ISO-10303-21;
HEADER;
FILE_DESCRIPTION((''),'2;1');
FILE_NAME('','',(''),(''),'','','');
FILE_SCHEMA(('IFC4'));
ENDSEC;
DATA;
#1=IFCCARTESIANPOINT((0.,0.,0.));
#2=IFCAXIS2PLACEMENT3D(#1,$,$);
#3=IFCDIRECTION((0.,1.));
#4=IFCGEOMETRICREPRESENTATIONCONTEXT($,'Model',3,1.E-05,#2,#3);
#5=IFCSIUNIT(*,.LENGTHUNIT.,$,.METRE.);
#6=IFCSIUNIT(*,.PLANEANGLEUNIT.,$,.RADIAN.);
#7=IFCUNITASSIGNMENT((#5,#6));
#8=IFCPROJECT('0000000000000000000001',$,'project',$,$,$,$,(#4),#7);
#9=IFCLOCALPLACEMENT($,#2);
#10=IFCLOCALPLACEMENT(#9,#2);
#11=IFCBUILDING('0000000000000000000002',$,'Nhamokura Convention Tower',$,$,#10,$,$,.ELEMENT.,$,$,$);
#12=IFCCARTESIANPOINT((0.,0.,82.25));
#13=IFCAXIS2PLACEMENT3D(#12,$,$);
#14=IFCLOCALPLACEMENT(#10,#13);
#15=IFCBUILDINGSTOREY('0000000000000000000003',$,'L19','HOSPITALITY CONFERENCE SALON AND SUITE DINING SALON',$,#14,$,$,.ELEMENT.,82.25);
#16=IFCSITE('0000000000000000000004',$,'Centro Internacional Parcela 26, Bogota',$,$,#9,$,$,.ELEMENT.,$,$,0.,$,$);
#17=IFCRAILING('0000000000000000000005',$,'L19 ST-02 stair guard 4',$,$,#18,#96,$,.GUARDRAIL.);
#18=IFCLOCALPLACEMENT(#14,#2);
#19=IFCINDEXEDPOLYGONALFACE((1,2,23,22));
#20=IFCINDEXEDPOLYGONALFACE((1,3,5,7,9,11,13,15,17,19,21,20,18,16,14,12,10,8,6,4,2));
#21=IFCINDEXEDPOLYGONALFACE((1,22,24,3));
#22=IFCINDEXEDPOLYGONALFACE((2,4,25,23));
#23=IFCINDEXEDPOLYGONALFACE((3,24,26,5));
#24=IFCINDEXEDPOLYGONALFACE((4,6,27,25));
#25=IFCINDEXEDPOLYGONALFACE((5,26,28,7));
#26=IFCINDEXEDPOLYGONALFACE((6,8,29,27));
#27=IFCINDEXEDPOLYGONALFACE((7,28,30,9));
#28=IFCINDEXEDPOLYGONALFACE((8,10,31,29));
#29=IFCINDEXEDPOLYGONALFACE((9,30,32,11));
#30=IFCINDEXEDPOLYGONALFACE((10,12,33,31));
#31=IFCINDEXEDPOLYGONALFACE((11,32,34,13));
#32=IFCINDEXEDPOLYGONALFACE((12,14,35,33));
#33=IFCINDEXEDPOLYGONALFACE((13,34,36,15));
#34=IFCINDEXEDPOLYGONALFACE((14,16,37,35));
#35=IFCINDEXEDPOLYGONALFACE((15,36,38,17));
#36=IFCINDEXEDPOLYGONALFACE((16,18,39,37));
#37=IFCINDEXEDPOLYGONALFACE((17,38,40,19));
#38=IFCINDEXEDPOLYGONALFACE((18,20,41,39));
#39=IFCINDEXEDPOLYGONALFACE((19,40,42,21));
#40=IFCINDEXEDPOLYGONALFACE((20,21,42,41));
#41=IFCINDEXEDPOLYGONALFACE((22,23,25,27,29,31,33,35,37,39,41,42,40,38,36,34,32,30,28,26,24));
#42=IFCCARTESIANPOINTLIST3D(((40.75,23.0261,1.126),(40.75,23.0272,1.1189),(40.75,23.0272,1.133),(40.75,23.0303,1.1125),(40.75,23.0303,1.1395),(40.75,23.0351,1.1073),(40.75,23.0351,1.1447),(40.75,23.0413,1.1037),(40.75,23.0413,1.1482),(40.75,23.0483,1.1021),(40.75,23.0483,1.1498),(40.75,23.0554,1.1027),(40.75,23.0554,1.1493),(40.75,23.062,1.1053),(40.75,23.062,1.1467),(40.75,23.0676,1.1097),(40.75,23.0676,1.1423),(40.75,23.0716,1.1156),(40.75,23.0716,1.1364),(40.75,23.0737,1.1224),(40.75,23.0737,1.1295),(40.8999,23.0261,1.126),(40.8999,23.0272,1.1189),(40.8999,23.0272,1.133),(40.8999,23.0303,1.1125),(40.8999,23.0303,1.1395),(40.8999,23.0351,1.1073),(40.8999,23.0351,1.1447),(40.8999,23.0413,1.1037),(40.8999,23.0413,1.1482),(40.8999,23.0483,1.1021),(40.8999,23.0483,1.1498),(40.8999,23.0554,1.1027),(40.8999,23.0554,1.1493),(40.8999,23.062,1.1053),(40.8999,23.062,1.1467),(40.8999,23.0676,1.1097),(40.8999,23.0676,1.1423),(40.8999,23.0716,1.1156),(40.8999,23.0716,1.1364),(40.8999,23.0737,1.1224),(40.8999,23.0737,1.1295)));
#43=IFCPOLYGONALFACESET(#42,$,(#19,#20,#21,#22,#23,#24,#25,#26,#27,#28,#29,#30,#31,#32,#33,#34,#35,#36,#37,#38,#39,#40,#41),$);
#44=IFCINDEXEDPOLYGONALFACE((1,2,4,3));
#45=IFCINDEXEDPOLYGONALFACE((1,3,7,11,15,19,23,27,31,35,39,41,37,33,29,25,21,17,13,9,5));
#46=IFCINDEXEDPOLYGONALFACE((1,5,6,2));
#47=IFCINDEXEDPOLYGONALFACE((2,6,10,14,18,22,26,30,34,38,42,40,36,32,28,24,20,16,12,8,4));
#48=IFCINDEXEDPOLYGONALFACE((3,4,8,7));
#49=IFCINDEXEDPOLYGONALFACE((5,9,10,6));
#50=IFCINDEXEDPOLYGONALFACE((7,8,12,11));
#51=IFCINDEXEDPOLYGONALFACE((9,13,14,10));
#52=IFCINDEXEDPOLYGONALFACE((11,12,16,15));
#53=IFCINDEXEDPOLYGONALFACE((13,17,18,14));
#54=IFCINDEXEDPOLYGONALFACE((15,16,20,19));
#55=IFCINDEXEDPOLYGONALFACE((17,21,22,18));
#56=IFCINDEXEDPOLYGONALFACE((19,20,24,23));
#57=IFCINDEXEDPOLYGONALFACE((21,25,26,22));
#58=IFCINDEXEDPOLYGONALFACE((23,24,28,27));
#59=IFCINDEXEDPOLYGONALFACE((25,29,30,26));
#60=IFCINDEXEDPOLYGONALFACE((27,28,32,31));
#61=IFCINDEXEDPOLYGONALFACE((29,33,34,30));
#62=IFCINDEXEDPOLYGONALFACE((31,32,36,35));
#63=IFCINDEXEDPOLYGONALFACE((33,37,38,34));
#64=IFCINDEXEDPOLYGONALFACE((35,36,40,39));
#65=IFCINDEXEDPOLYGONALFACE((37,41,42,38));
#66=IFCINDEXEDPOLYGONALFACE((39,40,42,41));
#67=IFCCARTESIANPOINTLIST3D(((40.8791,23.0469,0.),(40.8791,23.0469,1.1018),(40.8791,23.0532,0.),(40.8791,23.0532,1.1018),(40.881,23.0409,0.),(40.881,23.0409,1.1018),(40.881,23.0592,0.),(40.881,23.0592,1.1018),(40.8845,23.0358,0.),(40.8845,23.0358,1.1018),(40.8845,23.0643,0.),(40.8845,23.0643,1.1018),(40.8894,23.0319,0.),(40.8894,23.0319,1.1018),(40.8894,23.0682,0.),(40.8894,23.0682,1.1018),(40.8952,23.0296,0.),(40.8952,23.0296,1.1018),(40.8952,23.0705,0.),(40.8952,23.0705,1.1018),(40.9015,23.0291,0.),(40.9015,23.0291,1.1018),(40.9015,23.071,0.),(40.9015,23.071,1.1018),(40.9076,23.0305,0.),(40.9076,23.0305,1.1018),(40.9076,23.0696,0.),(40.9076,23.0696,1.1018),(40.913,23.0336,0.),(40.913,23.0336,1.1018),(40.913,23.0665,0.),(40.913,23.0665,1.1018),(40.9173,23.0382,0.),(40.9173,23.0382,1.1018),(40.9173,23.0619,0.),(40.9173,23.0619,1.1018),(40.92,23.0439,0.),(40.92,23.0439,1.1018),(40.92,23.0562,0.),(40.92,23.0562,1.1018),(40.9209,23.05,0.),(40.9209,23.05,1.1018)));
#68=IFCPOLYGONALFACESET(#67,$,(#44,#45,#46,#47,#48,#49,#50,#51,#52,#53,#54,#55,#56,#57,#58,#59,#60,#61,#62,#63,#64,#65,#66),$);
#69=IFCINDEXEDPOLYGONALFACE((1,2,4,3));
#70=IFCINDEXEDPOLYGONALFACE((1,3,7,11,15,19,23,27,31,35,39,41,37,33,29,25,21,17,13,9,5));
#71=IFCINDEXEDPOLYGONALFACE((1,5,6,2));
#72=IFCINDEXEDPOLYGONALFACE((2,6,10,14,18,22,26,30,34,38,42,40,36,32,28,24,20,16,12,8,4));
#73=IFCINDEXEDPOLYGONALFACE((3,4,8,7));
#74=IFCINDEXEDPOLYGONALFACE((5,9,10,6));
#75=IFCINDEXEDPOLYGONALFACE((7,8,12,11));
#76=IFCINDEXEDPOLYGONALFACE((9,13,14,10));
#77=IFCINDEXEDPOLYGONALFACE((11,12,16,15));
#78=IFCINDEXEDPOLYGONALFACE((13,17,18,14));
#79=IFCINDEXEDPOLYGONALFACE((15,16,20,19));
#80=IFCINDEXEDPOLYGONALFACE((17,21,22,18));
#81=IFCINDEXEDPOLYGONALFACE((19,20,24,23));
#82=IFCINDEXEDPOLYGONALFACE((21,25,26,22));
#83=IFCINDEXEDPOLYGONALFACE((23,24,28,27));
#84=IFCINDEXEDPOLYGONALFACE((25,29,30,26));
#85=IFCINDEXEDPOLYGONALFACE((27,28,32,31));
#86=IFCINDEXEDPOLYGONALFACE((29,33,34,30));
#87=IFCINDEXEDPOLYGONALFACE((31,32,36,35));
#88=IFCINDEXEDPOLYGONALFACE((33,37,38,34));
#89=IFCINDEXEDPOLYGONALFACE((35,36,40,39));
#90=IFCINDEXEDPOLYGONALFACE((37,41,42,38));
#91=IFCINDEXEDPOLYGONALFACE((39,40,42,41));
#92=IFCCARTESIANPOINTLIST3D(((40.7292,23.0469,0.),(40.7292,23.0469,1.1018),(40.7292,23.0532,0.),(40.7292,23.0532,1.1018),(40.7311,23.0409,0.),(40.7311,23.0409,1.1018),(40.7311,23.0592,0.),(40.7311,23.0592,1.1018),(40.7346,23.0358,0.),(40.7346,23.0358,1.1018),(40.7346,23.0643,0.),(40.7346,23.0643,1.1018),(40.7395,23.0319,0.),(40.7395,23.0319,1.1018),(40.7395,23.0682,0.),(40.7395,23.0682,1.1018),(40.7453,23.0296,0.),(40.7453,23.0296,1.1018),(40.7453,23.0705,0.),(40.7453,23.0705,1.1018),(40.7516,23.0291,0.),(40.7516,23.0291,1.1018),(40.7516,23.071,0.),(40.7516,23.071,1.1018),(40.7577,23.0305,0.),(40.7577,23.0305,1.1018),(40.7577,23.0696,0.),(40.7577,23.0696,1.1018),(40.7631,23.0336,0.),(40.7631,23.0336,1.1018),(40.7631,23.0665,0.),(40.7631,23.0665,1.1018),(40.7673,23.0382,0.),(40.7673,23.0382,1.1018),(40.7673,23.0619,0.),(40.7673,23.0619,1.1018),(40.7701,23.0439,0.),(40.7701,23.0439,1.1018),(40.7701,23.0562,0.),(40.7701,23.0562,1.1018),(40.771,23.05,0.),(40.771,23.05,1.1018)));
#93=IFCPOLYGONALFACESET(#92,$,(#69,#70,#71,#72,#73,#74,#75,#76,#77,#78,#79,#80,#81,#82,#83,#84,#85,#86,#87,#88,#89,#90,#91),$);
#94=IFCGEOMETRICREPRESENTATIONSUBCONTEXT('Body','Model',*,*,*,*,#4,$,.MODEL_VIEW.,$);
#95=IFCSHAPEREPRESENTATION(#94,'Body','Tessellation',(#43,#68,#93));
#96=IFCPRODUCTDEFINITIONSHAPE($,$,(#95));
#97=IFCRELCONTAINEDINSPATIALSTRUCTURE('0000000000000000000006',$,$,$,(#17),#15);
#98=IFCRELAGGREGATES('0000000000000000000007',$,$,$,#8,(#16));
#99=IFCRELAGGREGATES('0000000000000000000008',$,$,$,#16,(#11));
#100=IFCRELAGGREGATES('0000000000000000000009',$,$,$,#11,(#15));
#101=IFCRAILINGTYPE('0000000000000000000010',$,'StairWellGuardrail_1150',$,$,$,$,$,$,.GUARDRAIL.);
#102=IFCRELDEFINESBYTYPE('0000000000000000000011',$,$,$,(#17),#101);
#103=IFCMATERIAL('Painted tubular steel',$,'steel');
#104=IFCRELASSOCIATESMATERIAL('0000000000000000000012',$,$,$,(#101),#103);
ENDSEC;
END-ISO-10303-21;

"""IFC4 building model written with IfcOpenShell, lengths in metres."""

from ifc_helpers import new_model, si_unit, direction, frame, origin, origin_2d, place, context, subcontext, project, spatial, circle, extrude, material, type_object, element, save


model = new_model("IFC4")

# Units and contexts
model_context = context("Model", 3, precision=1e-05, world=origin(), true_north=direction((0.0, 1.0)))
body_context = subcontext(model_context, "Body", "Model", "MODEL_VIEW")
ifc_project = project(units=[si_unit("LENGTHUNIT", "METRE"), si_unit("PLANEANGLEUNIT", "RADIAN")], contexts=[model_context])

# Site, building, storey
site_placement = place(None, origin())
site = spatial("IfcSite", under=ifc_project, at=site_placement, Name="Centro Internacional Parcela 26, Bogota", CompositionType="ELEMENT", RefElevation=0.0)
building_placement = place(site_placement, origin())
building = spatial("IfcBuilding", under=site, at=building_placement, Name="Nhamokura Convention Tower", CompositionType="ELEMENT")
storey_placement = place(building_placement, frame((0.0, 0.0, 82.25)))
storey = spatial("IfcBuildingStorey", under=building, at=storey_placement, Name="L19", Description="HOSPITALITY CONFERENCE SALON AND SUITE DINING SALON", CompositionType="ELEMENT", Elevation=82.25)

# Railing
ifc_material_1 = material(Name="Painted tubular steel", Category="steel")
railing_type_1 = type_object("IfcRailingType", Name="StairWellGuardrail_1150", PredefinedType="GUARDRAIL", material=ifc_material_1)
railing_1_placement = place(storey_placement, frame((40.8999, 23.05, 0.0)))
element("IfcRailing", 1, at=railing_1_placement, inside=storey, type_object=railing_type_1, Name="L19 ST-02 stair guard 4", PredefinedType="GUARDRAIL", context=body_context, shape_type="SweptSolid", body=[
    extrude(circle(Radius=0.0239, at=origin_2d()), frame((0.0, 0.0, 1.126), z_axis=(-1.0, 0.0, 0.0), x_axis=(0.0, -1.0, 0.0)), (0.0, 0.0, 1.0), 0.1499),
    extrude(circle(Radius=0.021, at=origin_2d()), origin(), (0.0, 0.0, 1.0), 1.1018),
    extrude(circle(Radius=0.021, at=origin_2d()), frame((-0.1499, 0.0, 0.0)), (0.0, 0.0, 1.0), 1.1018),
])

save(model, "model.ifc")
